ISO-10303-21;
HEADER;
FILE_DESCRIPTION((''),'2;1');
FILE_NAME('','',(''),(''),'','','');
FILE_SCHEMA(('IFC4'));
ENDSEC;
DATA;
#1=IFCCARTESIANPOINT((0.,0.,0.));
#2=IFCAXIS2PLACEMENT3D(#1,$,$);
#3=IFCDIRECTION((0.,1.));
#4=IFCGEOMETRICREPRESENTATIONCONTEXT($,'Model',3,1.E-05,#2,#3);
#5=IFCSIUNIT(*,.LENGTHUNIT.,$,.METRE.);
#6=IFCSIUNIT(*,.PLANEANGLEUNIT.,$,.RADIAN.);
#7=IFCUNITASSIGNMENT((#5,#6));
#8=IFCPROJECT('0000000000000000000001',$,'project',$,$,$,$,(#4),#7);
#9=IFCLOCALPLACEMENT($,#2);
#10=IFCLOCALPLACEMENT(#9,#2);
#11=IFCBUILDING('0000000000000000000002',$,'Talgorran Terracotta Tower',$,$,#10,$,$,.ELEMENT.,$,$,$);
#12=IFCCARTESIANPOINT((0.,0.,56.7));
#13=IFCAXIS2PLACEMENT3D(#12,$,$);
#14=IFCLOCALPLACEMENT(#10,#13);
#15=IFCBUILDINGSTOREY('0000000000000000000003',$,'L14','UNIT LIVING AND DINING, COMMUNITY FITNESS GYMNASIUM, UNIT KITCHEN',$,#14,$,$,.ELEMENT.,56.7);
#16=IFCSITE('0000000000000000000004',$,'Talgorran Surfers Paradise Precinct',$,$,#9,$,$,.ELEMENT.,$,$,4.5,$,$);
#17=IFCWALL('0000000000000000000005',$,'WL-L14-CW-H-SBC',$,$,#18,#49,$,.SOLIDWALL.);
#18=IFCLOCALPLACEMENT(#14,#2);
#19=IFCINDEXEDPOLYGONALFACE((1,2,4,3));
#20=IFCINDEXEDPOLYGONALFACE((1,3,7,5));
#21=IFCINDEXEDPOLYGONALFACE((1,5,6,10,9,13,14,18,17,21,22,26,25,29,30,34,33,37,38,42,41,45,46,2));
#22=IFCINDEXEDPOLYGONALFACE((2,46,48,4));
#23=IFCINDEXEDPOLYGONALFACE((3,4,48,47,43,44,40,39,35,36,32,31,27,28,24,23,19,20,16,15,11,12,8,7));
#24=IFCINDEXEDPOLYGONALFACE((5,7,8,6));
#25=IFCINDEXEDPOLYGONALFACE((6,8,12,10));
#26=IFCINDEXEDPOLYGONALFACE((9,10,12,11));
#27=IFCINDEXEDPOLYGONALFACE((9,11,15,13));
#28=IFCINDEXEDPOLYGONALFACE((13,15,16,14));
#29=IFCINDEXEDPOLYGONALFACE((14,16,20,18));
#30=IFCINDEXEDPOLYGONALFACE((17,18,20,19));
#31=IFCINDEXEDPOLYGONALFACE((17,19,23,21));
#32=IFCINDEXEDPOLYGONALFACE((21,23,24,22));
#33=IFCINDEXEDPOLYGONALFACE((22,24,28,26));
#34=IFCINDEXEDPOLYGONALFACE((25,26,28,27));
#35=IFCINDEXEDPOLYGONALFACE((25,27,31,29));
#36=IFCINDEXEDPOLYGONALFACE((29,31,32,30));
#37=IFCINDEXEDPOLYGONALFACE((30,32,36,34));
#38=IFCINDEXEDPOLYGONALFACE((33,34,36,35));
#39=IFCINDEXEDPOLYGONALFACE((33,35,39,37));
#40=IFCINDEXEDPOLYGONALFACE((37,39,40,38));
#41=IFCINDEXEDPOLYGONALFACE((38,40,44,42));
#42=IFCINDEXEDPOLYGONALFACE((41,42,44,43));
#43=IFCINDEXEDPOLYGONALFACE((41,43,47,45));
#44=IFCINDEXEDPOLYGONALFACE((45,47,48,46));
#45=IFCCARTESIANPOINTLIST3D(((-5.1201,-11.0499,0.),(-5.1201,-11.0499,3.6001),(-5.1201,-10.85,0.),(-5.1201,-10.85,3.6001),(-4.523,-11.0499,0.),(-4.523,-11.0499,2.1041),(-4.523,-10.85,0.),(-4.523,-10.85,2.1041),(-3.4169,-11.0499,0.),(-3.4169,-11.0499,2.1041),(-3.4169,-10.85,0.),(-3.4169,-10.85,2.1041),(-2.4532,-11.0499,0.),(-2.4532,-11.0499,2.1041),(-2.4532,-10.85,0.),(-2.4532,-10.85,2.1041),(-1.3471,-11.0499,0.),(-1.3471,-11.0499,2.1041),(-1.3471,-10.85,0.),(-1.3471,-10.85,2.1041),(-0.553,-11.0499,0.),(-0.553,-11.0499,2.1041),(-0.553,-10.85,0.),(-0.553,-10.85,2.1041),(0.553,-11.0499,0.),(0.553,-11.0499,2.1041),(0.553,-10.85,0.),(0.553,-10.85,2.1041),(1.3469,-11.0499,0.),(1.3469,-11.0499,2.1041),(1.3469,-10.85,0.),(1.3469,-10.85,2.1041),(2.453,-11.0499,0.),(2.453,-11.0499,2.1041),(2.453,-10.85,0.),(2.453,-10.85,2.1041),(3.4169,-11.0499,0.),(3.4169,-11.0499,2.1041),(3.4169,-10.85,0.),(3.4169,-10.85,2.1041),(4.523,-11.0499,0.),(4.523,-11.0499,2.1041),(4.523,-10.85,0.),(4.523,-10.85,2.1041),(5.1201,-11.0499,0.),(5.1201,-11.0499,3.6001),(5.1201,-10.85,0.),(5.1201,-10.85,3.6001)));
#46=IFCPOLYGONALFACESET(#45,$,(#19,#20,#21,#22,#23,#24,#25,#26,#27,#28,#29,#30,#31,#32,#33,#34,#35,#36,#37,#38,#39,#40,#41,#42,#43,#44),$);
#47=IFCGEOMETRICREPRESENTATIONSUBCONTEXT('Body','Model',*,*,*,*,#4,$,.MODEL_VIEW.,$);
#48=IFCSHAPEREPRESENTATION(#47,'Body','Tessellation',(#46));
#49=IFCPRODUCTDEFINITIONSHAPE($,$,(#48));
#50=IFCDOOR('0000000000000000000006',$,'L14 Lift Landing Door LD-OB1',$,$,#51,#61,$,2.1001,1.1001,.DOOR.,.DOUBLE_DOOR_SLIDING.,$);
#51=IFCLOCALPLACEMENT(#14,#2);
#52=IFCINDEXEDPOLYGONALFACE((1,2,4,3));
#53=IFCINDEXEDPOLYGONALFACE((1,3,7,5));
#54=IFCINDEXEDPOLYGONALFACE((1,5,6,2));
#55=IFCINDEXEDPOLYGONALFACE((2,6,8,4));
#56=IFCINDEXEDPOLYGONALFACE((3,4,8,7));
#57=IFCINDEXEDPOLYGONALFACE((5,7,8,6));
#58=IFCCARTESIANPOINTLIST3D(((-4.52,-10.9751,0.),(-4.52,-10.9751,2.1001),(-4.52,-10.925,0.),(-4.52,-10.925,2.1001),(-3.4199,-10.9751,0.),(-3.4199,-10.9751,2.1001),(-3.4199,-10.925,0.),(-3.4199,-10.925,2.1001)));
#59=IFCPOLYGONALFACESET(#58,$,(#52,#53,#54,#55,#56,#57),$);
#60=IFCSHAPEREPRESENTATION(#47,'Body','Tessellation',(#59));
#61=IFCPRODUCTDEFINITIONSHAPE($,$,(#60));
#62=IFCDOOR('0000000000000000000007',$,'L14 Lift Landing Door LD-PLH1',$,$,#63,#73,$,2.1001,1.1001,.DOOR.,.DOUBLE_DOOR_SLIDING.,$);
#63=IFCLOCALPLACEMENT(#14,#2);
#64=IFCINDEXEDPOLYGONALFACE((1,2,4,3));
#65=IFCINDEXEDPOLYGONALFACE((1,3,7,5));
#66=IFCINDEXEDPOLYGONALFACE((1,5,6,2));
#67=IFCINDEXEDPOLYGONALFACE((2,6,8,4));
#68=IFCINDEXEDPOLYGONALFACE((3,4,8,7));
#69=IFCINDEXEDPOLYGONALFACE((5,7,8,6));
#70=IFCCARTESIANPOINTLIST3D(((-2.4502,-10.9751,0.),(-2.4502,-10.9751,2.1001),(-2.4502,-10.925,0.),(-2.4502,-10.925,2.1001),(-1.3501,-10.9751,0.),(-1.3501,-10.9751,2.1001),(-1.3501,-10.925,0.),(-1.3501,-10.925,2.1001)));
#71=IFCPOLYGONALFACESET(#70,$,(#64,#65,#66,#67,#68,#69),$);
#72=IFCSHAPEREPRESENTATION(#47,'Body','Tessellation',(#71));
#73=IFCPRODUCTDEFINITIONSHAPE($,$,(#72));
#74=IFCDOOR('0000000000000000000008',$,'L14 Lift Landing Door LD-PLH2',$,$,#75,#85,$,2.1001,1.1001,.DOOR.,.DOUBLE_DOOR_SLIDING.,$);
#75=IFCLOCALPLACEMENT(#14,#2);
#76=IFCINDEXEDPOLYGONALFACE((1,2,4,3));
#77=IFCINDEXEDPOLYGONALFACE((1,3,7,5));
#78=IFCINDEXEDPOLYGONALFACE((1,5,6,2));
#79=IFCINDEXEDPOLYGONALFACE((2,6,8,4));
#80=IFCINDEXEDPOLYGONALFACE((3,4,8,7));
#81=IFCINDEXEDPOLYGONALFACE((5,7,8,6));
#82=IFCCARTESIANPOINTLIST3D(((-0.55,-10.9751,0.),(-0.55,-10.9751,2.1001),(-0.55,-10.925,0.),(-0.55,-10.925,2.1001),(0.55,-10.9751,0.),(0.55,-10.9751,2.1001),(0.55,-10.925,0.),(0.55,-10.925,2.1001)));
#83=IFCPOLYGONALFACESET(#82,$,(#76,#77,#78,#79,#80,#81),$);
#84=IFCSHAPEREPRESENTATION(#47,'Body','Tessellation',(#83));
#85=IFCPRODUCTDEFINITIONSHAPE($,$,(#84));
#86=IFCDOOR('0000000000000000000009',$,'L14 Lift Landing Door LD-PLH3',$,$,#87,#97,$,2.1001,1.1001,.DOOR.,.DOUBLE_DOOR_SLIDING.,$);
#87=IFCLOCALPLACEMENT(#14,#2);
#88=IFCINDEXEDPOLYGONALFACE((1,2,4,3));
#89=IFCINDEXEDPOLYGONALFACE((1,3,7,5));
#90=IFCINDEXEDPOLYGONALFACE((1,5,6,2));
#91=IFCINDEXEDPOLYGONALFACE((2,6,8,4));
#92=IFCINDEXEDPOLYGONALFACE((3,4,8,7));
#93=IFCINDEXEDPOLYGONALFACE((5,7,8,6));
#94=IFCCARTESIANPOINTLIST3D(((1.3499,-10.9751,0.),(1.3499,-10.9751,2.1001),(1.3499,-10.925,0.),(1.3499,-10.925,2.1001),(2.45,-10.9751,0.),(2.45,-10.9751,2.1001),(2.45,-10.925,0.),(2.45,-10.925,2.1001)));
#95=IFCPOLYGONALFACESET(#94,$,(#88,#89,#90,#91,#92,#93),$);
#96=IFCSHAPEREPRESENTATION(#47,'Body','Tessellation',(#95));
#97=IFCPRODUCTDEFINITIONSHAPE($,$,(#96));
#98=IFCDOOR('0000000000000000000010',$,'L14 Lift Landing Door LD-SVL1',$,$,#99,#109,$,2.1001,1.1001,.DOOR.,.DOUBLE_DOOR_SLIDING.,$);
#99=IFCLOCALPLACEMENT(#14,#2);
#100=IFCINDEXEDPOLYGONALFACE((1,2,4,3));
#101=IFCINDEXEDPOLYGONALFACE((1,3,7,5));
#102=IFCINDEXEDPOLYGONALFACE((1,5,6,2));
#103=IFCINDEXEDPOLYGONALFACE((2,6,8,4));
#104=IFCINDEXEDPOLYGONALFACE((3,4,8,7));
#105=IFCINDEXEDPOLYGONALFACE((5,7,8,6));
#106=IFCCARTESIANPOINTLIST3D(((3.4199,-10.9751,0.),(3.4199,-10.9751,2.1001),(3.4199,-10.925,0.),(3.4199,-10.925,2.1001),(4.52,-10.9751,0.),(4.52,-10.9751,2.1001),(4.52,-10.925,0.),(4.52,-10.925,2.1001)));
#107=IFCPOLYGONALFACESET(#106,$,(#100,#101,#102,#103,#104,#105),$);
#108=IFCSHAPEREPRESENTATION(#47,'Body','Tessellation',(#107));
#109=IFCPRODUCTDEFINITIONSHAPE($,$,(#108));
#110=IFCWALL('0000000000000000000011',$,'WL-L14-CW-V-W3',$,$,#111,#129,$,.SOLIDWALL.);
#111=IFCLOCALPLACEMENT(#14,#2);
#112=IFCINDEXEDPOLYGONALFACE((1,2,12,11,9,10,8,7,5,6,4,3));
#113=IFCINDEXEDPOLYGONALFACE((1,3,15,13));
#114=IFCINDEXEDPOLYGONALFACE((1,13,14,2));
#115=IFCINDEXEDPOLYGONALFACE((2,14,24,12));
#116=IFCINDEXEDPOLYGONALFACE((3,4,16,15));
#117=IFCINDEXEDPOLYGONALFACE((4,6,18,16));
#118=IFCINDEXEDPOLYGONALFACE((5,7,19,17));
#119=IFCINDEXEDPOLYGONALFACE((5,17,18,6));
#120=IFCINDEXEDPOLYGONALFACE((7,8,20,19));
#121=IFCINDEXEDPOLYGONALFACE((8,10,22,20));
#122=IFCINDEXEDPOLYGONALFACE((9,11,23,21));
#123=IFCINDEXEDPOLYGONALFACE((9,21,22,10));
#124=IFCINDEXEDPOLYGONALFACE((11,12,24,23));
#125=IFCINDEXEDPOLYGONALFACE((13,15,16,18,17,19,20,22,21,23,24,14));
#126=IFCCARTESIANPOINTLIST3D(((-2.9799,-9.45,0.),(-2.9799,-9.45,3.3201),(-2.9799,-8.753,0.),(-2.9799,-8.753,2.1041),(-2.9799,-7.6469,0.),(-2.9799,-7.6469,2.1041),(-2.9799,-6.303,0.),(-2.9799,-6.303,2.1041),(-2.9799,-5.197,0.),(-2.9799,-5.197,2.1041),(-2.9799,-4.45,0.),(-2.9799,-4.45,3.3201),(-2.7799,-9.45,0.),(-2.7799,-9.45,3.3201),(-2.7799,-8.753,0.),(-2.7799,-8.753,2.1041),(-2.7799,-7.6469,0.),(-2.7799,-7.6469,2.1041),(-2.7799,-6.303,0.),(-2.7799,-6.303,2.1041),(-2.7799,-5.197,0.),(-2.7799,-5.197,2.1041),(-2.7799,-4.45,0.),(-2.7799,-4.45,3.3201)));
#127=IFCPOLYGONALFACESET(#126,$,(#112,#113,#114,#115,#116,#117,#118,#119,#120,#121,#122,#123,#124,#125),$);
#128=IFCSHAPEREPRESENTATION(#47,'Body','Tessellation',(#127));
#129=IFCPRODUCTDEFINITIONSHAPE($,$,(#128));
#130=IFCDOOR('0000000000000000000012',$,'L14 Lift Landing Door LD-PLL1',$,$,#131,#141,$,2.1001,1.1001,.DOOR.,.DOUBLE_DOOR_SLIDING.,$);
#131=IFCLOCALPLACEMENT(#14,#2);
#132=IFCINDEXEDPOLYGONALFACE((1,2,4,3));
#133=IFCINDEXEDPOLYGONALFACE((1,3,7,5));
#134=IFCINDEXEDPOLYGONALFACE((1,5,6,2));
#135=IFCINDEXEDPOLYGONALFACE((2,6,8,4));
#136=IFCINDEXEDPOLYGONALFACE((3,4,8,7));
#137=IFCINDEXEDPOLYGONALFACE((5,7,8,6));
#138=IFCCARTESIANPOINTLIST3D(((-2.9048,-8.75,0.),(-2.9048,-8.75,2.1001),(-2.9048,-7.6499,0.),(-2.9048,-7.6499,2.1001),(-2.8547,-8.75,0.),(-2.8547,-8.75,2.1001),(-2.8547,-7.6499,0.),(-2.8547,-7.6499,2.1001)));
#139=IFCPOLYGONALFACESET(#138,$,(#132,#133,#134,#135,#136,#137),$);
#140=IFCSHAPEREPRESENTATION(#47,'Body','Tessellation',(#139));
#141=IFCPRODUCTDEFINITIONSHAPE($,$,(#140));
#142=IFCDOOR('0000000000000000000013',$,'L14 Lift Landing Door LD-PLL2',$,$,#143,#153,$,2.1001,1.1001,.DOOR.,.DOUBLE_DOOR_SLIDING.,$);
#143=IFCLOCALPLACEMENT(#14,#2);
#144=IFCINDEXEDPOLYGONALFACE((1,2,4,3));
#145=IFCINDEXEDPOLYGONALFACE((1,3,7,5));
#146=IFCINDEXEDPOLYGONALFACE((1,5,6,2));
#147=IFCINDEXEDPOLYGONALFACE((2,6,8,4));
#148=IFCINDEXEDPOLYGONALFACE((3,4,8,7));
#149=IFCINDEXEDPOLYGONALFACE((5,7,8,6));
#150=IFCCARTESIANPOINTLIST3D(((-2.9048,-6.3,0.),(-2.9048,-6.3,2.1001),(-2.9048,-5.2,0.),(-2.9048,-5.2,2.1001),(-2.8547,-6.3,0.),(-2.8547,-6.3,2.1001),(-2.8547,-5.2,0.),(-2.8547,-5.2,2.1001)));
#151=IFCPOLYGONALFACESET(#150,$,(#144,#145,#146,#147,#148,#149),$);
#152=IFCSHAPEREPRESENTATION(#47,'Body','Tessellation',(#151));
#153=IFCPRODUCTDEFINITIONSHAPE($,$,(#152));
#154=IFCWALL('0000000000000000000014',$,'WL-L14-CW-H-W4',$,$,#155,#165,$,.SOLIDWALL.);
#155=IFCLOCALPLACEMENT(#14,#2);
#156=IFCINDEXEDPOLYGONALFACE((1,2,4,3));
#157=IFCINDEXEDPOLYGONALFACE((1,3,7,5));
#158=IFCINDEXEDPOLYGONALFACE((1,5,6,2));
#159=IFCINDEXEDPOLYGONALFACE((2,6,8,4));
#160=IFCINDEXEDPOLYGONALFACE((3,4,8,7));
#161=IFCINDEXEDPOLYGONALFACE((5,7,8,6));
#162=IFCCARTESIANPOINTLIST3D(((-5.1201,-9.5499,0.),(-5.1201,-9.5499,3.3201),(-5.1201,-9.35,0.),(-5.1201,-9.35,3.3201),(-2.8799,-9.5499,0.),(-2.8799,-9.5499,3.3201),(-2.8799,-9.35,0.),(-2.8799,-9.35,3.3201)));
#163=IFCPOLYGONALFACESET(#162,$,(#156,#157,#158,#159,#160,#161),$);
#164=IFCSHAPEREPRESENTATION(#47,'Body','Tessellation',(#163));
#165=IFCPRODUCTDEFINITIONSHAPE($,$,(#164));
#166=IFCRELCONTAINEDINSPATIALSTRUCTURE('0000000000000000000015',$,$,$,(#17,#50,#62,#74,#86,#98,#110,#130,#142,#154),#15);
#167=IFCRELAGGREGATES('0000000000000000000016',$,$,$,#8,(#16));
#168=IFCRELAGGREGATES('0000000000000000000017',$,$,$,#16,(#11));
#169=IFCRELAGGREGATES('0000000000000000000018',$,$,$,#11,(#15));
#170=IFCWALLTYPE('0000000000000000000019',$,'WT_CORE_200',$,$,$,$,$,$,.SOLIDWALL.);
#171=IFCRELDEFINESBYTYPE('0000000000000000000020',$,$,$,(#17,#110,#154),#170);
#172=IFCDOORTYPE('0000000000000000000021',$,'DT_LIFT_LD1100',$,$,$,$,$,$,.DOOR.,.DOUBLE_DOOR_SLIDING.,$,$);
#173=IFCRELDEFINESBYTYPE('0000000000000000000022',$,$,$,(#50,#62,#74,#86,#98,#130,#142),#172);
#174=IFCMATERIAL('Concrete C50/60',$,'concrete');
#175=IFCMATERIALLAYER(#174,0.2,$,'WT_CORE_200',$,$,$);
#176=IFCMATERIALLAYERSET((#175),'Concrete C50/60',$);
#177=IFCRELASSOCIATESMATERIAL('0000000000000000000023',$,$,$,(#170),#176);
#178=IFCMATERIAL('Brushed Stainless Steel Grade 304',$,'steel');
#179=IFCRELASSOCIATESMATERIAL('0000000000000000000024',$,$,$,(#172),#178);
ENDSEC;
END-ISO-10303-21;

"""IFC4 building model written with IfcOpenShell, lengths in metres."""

from ifc_helpers import new_model, si_unit, direction, frame, frame_2d, origin, place, context, subcontext, project, spatial, rectangle, extrude, material, layer, layer_set, type_object, element, fill, save


model = new_model("IFC4")

# Units and contexts
model_context = context("Model", 3, precision=1e-05, world=origin(), true_north=direction((0.0, 1.0)))
body_context = subcontext(model_context, "Body", "Model", "MODEL_VIEW")
ifc_project = project(units=[si_unit("LENGTHUNIT", "METRE"), si_unit("PLANEANGLEUNIT", "RADIAN")], contexts=[model_context])

# Site, building, storey
site_placement = place(None, origin())
site = spatial("IfcSite", under=ifc_project, at=site_placement, Name="Talgorran Surfers Paradise Precinct", CompositionType="ELEMENT", RefElevation=4.5)
building_placement = place(site_placement, origin())
building = spatial("IfcBuilding", under=site, at=building_placement, Name="Talgorran Terracotta Tower", CompositionType="ELEMENT")
storey_placement = place(building_placement, frame((0.0, 0.0, 56.7)))
storey = spatial("IfcBuildingStorey", under=building, at=storey_placement, Name="L14", Description="UNIT LIVING AND DINING, COMMUNITY FITNESS GYMNASIUM, UNIT KITCHEN", CompositionType="ELEMENT", Elevation=56.7)

# Walls, openings, doors
ifc_material_1 = material(Name="Concrete C50/60", Category="concrete")
ifc_layer_1 = layer(ifc_material_1, 0.2, Name="WT_CORE_200")
ifc_layer_set_1 = layer_set([ifc_layer_1], Name="Concrete C50/60")
wall_type_1 = type_object("IfcWallType", Name="WT_CORE_200", PredefinedType="SOLIDWALL", material=ifc_layer_set_1)
ifc_material_2 = material(Name="Brushed Stainless Steel Grade 304", Category="steel")
door_type_1 = type_object("IfcDoorType", Name="DT_LIFT_LD1100", OperationType="DOUBLE_DOOR_SLIDING", PredefinedType="DOOR", material=ifc_material_2)
wall_1_placement = place(storey_placement, frame((-5.1201, -10.95, 0.0), z_axis=(0.0, 0.0, 1.0), x_axis=(1.0, 0.0, 0.0)))
wall_1 = element("IfcWall", 1, at=wall_1_placement, inside=storey, type_object=wall_type_1, Name="WL-L14-CW-H-SBC", PredefinedType="SOLIDWALL", context=body_context, shape_type="SweptSolid", body=[
    extrude(rectangle(XDim=10.2402, YDim=0.2, at=frame_2d((5.1201, 0.0))), origin(), (0.0, 0.0, 1.0), 3.6001),
])
opening_1_placement = place(wall_1_placement, frame((0.6001, 0.0, 0.0)))
opening_1 = element("IfcOpeningElement", 2, at=opening_1_placement, cuts=wall_1, PredefinedType="OPENING", context=body_context, shape_type="SweptSolid", body=[
    extrude(rectangle(XDim=1.1061, YDim=2.1041, at=frame_2d((0.55, 1.052))), frame((0.0, 0.1099, 0.0), z_axis=(0.0, -1.0, 0.0), x_axis=(1.0, 0.0, 0.0)), (0.0, 0.0, 1.0), 0.22),
])
opening_2_placement = place(wall_1_placement, frame((2.6699, 0.0, 0.0)))
opening_2 = element("IfcOpeningElement", 3, at=opening_2_placement, cuts=wall_1, PredefinedType="OPENING", context=body_context, shape_type="SweptSolid", body=[
    extrude(rectangle(XDim=1.1061, YDim=2.1041, at=frame_2d((0.55, 1.052))), frame((0.0, 0.1099, 0.0), z_axis=(0.0, -1.0, 0.0), x_axis=(1.0, 0.0, 0.0)), (0.0, 0.0, 1.0), 0.22),
])
opening_3_placement = place(wall_1_placement, frame((4.5701, 0.0, 0.0)))
opening_3 = element("IfcOpeningElement", 4, at=opening_3_placement, cuts=wall_1, PredefinedType="OPENING", context=body_context, shape_type="SweptSolid", body=[
    extrude(rectangle(XDim=1.1061, YDim=2.1041, at=frame_2d((0.55, 1.052))), frame((0.0, 0.1099, 0.0), z_axis=(0.0, -1.0, 0.0), x_axis=(1.0, 0.0, 0.0)), (0.0, 0.0, 1.0), 0.22),
])
opening_4_placement = place(wall_1_placement, frame((6.47, 0.0, 0.0)))
opening_4 = element("IfcOpeningElement", 5, at=opening_4_placement, cuts=wall_1, PredefinedType="OPENING", context=body_context, shape_type="SweptSolid", body=[
    extrude(rectangle(XDim=1.1061, YDim=2.1041, at=frame_2d((0.55, 1.052))), frame((0.0, 0.1099, 0.0), z_axis=(0.0, -1.0, 0.0), x_axis=(1.0, 0.0, 0.0)), (0.0, 0.0, 1.0), 0.22),
])
opening_5_placement = place(wall_1_placement, frame((8.54, 0.0, 0.0)))
opening_5 = element("IfcOpeningElement", 6, at=opening_5_placement, cuts=wall_1, PredefinedType="OPENING", context=body_context, shape_type="SweptSolid", body=[
    extrude(rectangle(XDim=1.1061, YDim=2.1041, at=frame_2d((0.55, 1.052))), frame((0.0, 0.1099, 0.0), z_axis=(0.0, -1.0, 0.0), x_axis=(1.0, 0.0, 0.0)), (0.0, 0.0, 1.0), 0.22),
])
door_1_placement = place(opening_1_placement, origin())
door_1 = element("IfcDoor", 7, at=door_1_placement, inside=storey, type_object=door_type_1, Name="L14 Lift Landing Door LD-OB1", OperationType="DOUBLE_DOOR_SLIDING", OverallHeight=2.1001, OverallWidth=1.1001, PredefinedType="DOOR", context=body_context, shape_type="SweptSolid", body=[
    extrude(rectangle(XDim=1.1001, YDim=2.1001, at=frame_2d((0.55, 1.05))), frame((0.0, 0.0249, 0.0), z_axis=(0.0, -1.0, 0.0), x_axis=(1.0, 0.0, 0.0)), (0.0, 0.0, 1.0), 0.05),
])
fill(opening_1, door_1)
door_2_placement = place(opening_2_placement, origin())
door_2 = element("IfcDoor", 8, at=door_2_placement, inside=storey, type_object=door_type_1, Name="L14 Lift Landing Door LD-PLH1", OperationType="DOUBLE_DOOR_SLIDING", OverallHeight=2.1001, OverallWidth=1.1001, PredefinedType="DOOR", context=body_context, shape_type="SweptSolid", body=[
    extrude(rectangle(XDim=1.1001, YDim=2.1001, at=frame_2d((0.55, 1.05))), frame((0.0, 0.0249, 0.0), z_axis=(0.0, -1.0, 0.0), x_axis=(1.0, 0.0, 0.0)), (0.0, 0.0, 1.0), 0.05),
])
fill(opening_2, door_2)
door_3_placement = place(opening_3_placement, origin())
door_3 = element("IfcDoor", 9, at=door_3_placement, inside=storey, type_object=door_type_1, Name="L14 Lift Landing Door LD-PLH2", OperationType="DOUBLE_DOOR_SLIDING", OverallHeight=2.1001, OverallWidth=1.1001, PredefinedType="DOOR", context=body_context, shape_type="SweptSolid", body=[
    extrude(rectangle(XDim=1.1001, YDim=2.1001, at=frame_2d((0.55, 1.05))), frame((0.0, 0.0249, 0.0), z_axis=(0.0, -1.0, 0.0), x_axis=(1.0, 0.0, 0.0)), (0.0, 0.0, 1.0), 0.05),
])
fill(opening_3, door_3)
door_4_placement = place(opening_4_placement, origin())
door_4 = element("IfcDoor", 10, at=door_4_placement, inside=storey, type_object=door_type_1, Name="L14 Lift Landing Door LD-PLH3", OperationType="DOUBLE_DOOR_SLIDING", OverallHeight=2.1001, OverallWidth=1.1001, PredefinedType="DOOR", context=body_context, shape_type="SweptSolid", body=[
    extrude(rectangle(XDim=1.1001, YDim=2.1001, at=frame_2d((0.55, 1.05))), frame((0.0, 0.0249, 0.0), z_axis=(0.0, -1.0, 0.0), x_axis=(1.0, 0.0, 0.0)), (0.0, 0.0, 1.0), 0.05),
])
fill(opening_4, door_4)
door_5_placement = place(opening_5_placement, origin())
door_5 = element("IfcDoor", 11, at=door_5_placement, inside=storey, type_object=door_type_1, Name="L14 Lift Landing Door LD-SVL1", OperationType="DOUBLE_DOOR_SLIDING", OverallHeight=2.1001, OverallWidth=1.1001, PredefinedType="DOOR", context=body_context, shape_type="SweptSolid", body=[
    extrude(rectangle(XDim=1.1001, YDim=2.1001, at=frame_2d((0.55, 1.05))), frame((0.0, 0.0249, 0.0), z_axis=(0.0, -1.0, 0.0), x_axis=(1.0, 0.0, 0.0)), (0.0, 0.0, 1.0), 0.05),
])
fill(opening_5, door_5)
wall_2_placement = place(storey_placement, frame((-2.8799, -9.45, 0.0), z_axis=(0.0, 0.0, 1.0), x_axis=(0.0, 1.0, 0.0)))
wall_2 = element("IfcWall", 12, at=wall_2_placement, inside=storey, type_object=wall_type_1, Name="WL-L14-CW-V-W3", PredefinedType="SOLIDWALL", context=body_context, shape_type="SweptSolid", body=[
    extrude(rectangle(XDim=5.0, YDim=0.2, at=frame_2d((2.5, 0.0))), origin(), (0.0, 0.0, 1.0), 3.3201),
])
opening_6_placement = place(wall_2_placement, frame((0.7, 0.0, 0.0)))
opening_6 = element("IfcOpeningElement", 13, at=opening_6_placement, cuts=wall_2, PredefinedType="OPENING", context=body_context, shape_type="SweptSolid", body=[
    extrude(rectangle(XDim=1.1061, YDim=2.1041, at=frame_2d((0.55, 1.052))), frame((0.0, 0.1099, 0.0), z_axis=(0.0, -1.0, 0.0), x_axis=(1.0, 0.0, 0.0)), (0.0, 0.0, 1.0), 0.22),
])
opening_7_placement = place(wall_2_placement, frame((3.1499, 0.0, 0.0)))
opening_7 = element("IfcOpeningElement", 14, at=opening_7_placement, cuts=wall_2, PredefinedType="OPENING", context=body_context, shape_type="SweptSolid", body=[
    extrude(rectangle(XDim=1.1061, YDim=2.1041, at=frame_2d((0.55, 1.052))), frame((0.0, 0.1099, 0.0), z_axis=(0.0, -1.0, 0.0), x_axis=(1.0, 0.0, 0.0)), (0.0, 0.0, 1.0), 0.22),
])
door_6_placement = place(opening_6_placement, origin())
door_6 = element("IfcDoor", 15, at=door_6_placement, inside=storey, type_object=door_type_1, Name="L14 Lift Landing Door LD-PLL1", OperationType="DOUBLE_DOOR_SLIDING", OverallHeight=2.1001, OverallWidth=1.1001, PredefinedType="DOOR", context=body_context, shape_type="SweptSolid", body=[
    extrude(rectangle(XDim=1.1001, YDim=2.1001, at=frame_2d((0.55, 1.05))), frame((0.0, 0.0249, 0.0), z_axis=(0.0, -1.0, 0.0), x_axis=(1.0, 0.0, 0.0)), (0.0, 0.0, 1.0), 0.05),
])
fill(opening_6, door_6)
door_7_placement = place(opening_7_placement, origin())
door_7 = element("IfcDoor", 16, at=door_7_placement, inside=storey, type_object=door_type_1, Name="L14 Lift Landing Door LD-PLL2", OperationType="DOUBLE_DOOR_SLIDING", OverallHeight=2.1001, OverallWidth=1.1001, PredefinedType="DOOR", context=body_context, shape_type="SweptSolid", body=[
    extrude(rectangle(XDim=1.1001, YDim=2.1001, at=frame_2d((0.55, 1.05))), frame((0.0, 0.0249, 0.0), z_axis=(0.0, -1.0, 0.0), x_axis=(1.0, 0.0, 0.0)), (0.0, 0.0, 1.0), 0.05),
])
fill(opening_7, door_7)

# Wall
wall_3_placement = place(storey_placement, frame((-5.1201, -9.45, 0.0), z_axis=(0.0, 0.0, 1.0), x_axis=(1.0, 0.0, 0.0)))
element("IfcWall", 17, at=wall_3_placement, inside=storey, type_object=wall_type_1, Name="WL-L14-CW-H-W4", PredefinedType="SOLIDWALL", context=body_context, shape_type="SweptSolid", body=[
    extrude(rectangle(XDim=2.2402, YDim=0.2, at=frame_2d((1.1201, 0.0))), origin(), (0.0, 0.0, 1.0), 3.3201),
])

save(model, "model.ifc")
